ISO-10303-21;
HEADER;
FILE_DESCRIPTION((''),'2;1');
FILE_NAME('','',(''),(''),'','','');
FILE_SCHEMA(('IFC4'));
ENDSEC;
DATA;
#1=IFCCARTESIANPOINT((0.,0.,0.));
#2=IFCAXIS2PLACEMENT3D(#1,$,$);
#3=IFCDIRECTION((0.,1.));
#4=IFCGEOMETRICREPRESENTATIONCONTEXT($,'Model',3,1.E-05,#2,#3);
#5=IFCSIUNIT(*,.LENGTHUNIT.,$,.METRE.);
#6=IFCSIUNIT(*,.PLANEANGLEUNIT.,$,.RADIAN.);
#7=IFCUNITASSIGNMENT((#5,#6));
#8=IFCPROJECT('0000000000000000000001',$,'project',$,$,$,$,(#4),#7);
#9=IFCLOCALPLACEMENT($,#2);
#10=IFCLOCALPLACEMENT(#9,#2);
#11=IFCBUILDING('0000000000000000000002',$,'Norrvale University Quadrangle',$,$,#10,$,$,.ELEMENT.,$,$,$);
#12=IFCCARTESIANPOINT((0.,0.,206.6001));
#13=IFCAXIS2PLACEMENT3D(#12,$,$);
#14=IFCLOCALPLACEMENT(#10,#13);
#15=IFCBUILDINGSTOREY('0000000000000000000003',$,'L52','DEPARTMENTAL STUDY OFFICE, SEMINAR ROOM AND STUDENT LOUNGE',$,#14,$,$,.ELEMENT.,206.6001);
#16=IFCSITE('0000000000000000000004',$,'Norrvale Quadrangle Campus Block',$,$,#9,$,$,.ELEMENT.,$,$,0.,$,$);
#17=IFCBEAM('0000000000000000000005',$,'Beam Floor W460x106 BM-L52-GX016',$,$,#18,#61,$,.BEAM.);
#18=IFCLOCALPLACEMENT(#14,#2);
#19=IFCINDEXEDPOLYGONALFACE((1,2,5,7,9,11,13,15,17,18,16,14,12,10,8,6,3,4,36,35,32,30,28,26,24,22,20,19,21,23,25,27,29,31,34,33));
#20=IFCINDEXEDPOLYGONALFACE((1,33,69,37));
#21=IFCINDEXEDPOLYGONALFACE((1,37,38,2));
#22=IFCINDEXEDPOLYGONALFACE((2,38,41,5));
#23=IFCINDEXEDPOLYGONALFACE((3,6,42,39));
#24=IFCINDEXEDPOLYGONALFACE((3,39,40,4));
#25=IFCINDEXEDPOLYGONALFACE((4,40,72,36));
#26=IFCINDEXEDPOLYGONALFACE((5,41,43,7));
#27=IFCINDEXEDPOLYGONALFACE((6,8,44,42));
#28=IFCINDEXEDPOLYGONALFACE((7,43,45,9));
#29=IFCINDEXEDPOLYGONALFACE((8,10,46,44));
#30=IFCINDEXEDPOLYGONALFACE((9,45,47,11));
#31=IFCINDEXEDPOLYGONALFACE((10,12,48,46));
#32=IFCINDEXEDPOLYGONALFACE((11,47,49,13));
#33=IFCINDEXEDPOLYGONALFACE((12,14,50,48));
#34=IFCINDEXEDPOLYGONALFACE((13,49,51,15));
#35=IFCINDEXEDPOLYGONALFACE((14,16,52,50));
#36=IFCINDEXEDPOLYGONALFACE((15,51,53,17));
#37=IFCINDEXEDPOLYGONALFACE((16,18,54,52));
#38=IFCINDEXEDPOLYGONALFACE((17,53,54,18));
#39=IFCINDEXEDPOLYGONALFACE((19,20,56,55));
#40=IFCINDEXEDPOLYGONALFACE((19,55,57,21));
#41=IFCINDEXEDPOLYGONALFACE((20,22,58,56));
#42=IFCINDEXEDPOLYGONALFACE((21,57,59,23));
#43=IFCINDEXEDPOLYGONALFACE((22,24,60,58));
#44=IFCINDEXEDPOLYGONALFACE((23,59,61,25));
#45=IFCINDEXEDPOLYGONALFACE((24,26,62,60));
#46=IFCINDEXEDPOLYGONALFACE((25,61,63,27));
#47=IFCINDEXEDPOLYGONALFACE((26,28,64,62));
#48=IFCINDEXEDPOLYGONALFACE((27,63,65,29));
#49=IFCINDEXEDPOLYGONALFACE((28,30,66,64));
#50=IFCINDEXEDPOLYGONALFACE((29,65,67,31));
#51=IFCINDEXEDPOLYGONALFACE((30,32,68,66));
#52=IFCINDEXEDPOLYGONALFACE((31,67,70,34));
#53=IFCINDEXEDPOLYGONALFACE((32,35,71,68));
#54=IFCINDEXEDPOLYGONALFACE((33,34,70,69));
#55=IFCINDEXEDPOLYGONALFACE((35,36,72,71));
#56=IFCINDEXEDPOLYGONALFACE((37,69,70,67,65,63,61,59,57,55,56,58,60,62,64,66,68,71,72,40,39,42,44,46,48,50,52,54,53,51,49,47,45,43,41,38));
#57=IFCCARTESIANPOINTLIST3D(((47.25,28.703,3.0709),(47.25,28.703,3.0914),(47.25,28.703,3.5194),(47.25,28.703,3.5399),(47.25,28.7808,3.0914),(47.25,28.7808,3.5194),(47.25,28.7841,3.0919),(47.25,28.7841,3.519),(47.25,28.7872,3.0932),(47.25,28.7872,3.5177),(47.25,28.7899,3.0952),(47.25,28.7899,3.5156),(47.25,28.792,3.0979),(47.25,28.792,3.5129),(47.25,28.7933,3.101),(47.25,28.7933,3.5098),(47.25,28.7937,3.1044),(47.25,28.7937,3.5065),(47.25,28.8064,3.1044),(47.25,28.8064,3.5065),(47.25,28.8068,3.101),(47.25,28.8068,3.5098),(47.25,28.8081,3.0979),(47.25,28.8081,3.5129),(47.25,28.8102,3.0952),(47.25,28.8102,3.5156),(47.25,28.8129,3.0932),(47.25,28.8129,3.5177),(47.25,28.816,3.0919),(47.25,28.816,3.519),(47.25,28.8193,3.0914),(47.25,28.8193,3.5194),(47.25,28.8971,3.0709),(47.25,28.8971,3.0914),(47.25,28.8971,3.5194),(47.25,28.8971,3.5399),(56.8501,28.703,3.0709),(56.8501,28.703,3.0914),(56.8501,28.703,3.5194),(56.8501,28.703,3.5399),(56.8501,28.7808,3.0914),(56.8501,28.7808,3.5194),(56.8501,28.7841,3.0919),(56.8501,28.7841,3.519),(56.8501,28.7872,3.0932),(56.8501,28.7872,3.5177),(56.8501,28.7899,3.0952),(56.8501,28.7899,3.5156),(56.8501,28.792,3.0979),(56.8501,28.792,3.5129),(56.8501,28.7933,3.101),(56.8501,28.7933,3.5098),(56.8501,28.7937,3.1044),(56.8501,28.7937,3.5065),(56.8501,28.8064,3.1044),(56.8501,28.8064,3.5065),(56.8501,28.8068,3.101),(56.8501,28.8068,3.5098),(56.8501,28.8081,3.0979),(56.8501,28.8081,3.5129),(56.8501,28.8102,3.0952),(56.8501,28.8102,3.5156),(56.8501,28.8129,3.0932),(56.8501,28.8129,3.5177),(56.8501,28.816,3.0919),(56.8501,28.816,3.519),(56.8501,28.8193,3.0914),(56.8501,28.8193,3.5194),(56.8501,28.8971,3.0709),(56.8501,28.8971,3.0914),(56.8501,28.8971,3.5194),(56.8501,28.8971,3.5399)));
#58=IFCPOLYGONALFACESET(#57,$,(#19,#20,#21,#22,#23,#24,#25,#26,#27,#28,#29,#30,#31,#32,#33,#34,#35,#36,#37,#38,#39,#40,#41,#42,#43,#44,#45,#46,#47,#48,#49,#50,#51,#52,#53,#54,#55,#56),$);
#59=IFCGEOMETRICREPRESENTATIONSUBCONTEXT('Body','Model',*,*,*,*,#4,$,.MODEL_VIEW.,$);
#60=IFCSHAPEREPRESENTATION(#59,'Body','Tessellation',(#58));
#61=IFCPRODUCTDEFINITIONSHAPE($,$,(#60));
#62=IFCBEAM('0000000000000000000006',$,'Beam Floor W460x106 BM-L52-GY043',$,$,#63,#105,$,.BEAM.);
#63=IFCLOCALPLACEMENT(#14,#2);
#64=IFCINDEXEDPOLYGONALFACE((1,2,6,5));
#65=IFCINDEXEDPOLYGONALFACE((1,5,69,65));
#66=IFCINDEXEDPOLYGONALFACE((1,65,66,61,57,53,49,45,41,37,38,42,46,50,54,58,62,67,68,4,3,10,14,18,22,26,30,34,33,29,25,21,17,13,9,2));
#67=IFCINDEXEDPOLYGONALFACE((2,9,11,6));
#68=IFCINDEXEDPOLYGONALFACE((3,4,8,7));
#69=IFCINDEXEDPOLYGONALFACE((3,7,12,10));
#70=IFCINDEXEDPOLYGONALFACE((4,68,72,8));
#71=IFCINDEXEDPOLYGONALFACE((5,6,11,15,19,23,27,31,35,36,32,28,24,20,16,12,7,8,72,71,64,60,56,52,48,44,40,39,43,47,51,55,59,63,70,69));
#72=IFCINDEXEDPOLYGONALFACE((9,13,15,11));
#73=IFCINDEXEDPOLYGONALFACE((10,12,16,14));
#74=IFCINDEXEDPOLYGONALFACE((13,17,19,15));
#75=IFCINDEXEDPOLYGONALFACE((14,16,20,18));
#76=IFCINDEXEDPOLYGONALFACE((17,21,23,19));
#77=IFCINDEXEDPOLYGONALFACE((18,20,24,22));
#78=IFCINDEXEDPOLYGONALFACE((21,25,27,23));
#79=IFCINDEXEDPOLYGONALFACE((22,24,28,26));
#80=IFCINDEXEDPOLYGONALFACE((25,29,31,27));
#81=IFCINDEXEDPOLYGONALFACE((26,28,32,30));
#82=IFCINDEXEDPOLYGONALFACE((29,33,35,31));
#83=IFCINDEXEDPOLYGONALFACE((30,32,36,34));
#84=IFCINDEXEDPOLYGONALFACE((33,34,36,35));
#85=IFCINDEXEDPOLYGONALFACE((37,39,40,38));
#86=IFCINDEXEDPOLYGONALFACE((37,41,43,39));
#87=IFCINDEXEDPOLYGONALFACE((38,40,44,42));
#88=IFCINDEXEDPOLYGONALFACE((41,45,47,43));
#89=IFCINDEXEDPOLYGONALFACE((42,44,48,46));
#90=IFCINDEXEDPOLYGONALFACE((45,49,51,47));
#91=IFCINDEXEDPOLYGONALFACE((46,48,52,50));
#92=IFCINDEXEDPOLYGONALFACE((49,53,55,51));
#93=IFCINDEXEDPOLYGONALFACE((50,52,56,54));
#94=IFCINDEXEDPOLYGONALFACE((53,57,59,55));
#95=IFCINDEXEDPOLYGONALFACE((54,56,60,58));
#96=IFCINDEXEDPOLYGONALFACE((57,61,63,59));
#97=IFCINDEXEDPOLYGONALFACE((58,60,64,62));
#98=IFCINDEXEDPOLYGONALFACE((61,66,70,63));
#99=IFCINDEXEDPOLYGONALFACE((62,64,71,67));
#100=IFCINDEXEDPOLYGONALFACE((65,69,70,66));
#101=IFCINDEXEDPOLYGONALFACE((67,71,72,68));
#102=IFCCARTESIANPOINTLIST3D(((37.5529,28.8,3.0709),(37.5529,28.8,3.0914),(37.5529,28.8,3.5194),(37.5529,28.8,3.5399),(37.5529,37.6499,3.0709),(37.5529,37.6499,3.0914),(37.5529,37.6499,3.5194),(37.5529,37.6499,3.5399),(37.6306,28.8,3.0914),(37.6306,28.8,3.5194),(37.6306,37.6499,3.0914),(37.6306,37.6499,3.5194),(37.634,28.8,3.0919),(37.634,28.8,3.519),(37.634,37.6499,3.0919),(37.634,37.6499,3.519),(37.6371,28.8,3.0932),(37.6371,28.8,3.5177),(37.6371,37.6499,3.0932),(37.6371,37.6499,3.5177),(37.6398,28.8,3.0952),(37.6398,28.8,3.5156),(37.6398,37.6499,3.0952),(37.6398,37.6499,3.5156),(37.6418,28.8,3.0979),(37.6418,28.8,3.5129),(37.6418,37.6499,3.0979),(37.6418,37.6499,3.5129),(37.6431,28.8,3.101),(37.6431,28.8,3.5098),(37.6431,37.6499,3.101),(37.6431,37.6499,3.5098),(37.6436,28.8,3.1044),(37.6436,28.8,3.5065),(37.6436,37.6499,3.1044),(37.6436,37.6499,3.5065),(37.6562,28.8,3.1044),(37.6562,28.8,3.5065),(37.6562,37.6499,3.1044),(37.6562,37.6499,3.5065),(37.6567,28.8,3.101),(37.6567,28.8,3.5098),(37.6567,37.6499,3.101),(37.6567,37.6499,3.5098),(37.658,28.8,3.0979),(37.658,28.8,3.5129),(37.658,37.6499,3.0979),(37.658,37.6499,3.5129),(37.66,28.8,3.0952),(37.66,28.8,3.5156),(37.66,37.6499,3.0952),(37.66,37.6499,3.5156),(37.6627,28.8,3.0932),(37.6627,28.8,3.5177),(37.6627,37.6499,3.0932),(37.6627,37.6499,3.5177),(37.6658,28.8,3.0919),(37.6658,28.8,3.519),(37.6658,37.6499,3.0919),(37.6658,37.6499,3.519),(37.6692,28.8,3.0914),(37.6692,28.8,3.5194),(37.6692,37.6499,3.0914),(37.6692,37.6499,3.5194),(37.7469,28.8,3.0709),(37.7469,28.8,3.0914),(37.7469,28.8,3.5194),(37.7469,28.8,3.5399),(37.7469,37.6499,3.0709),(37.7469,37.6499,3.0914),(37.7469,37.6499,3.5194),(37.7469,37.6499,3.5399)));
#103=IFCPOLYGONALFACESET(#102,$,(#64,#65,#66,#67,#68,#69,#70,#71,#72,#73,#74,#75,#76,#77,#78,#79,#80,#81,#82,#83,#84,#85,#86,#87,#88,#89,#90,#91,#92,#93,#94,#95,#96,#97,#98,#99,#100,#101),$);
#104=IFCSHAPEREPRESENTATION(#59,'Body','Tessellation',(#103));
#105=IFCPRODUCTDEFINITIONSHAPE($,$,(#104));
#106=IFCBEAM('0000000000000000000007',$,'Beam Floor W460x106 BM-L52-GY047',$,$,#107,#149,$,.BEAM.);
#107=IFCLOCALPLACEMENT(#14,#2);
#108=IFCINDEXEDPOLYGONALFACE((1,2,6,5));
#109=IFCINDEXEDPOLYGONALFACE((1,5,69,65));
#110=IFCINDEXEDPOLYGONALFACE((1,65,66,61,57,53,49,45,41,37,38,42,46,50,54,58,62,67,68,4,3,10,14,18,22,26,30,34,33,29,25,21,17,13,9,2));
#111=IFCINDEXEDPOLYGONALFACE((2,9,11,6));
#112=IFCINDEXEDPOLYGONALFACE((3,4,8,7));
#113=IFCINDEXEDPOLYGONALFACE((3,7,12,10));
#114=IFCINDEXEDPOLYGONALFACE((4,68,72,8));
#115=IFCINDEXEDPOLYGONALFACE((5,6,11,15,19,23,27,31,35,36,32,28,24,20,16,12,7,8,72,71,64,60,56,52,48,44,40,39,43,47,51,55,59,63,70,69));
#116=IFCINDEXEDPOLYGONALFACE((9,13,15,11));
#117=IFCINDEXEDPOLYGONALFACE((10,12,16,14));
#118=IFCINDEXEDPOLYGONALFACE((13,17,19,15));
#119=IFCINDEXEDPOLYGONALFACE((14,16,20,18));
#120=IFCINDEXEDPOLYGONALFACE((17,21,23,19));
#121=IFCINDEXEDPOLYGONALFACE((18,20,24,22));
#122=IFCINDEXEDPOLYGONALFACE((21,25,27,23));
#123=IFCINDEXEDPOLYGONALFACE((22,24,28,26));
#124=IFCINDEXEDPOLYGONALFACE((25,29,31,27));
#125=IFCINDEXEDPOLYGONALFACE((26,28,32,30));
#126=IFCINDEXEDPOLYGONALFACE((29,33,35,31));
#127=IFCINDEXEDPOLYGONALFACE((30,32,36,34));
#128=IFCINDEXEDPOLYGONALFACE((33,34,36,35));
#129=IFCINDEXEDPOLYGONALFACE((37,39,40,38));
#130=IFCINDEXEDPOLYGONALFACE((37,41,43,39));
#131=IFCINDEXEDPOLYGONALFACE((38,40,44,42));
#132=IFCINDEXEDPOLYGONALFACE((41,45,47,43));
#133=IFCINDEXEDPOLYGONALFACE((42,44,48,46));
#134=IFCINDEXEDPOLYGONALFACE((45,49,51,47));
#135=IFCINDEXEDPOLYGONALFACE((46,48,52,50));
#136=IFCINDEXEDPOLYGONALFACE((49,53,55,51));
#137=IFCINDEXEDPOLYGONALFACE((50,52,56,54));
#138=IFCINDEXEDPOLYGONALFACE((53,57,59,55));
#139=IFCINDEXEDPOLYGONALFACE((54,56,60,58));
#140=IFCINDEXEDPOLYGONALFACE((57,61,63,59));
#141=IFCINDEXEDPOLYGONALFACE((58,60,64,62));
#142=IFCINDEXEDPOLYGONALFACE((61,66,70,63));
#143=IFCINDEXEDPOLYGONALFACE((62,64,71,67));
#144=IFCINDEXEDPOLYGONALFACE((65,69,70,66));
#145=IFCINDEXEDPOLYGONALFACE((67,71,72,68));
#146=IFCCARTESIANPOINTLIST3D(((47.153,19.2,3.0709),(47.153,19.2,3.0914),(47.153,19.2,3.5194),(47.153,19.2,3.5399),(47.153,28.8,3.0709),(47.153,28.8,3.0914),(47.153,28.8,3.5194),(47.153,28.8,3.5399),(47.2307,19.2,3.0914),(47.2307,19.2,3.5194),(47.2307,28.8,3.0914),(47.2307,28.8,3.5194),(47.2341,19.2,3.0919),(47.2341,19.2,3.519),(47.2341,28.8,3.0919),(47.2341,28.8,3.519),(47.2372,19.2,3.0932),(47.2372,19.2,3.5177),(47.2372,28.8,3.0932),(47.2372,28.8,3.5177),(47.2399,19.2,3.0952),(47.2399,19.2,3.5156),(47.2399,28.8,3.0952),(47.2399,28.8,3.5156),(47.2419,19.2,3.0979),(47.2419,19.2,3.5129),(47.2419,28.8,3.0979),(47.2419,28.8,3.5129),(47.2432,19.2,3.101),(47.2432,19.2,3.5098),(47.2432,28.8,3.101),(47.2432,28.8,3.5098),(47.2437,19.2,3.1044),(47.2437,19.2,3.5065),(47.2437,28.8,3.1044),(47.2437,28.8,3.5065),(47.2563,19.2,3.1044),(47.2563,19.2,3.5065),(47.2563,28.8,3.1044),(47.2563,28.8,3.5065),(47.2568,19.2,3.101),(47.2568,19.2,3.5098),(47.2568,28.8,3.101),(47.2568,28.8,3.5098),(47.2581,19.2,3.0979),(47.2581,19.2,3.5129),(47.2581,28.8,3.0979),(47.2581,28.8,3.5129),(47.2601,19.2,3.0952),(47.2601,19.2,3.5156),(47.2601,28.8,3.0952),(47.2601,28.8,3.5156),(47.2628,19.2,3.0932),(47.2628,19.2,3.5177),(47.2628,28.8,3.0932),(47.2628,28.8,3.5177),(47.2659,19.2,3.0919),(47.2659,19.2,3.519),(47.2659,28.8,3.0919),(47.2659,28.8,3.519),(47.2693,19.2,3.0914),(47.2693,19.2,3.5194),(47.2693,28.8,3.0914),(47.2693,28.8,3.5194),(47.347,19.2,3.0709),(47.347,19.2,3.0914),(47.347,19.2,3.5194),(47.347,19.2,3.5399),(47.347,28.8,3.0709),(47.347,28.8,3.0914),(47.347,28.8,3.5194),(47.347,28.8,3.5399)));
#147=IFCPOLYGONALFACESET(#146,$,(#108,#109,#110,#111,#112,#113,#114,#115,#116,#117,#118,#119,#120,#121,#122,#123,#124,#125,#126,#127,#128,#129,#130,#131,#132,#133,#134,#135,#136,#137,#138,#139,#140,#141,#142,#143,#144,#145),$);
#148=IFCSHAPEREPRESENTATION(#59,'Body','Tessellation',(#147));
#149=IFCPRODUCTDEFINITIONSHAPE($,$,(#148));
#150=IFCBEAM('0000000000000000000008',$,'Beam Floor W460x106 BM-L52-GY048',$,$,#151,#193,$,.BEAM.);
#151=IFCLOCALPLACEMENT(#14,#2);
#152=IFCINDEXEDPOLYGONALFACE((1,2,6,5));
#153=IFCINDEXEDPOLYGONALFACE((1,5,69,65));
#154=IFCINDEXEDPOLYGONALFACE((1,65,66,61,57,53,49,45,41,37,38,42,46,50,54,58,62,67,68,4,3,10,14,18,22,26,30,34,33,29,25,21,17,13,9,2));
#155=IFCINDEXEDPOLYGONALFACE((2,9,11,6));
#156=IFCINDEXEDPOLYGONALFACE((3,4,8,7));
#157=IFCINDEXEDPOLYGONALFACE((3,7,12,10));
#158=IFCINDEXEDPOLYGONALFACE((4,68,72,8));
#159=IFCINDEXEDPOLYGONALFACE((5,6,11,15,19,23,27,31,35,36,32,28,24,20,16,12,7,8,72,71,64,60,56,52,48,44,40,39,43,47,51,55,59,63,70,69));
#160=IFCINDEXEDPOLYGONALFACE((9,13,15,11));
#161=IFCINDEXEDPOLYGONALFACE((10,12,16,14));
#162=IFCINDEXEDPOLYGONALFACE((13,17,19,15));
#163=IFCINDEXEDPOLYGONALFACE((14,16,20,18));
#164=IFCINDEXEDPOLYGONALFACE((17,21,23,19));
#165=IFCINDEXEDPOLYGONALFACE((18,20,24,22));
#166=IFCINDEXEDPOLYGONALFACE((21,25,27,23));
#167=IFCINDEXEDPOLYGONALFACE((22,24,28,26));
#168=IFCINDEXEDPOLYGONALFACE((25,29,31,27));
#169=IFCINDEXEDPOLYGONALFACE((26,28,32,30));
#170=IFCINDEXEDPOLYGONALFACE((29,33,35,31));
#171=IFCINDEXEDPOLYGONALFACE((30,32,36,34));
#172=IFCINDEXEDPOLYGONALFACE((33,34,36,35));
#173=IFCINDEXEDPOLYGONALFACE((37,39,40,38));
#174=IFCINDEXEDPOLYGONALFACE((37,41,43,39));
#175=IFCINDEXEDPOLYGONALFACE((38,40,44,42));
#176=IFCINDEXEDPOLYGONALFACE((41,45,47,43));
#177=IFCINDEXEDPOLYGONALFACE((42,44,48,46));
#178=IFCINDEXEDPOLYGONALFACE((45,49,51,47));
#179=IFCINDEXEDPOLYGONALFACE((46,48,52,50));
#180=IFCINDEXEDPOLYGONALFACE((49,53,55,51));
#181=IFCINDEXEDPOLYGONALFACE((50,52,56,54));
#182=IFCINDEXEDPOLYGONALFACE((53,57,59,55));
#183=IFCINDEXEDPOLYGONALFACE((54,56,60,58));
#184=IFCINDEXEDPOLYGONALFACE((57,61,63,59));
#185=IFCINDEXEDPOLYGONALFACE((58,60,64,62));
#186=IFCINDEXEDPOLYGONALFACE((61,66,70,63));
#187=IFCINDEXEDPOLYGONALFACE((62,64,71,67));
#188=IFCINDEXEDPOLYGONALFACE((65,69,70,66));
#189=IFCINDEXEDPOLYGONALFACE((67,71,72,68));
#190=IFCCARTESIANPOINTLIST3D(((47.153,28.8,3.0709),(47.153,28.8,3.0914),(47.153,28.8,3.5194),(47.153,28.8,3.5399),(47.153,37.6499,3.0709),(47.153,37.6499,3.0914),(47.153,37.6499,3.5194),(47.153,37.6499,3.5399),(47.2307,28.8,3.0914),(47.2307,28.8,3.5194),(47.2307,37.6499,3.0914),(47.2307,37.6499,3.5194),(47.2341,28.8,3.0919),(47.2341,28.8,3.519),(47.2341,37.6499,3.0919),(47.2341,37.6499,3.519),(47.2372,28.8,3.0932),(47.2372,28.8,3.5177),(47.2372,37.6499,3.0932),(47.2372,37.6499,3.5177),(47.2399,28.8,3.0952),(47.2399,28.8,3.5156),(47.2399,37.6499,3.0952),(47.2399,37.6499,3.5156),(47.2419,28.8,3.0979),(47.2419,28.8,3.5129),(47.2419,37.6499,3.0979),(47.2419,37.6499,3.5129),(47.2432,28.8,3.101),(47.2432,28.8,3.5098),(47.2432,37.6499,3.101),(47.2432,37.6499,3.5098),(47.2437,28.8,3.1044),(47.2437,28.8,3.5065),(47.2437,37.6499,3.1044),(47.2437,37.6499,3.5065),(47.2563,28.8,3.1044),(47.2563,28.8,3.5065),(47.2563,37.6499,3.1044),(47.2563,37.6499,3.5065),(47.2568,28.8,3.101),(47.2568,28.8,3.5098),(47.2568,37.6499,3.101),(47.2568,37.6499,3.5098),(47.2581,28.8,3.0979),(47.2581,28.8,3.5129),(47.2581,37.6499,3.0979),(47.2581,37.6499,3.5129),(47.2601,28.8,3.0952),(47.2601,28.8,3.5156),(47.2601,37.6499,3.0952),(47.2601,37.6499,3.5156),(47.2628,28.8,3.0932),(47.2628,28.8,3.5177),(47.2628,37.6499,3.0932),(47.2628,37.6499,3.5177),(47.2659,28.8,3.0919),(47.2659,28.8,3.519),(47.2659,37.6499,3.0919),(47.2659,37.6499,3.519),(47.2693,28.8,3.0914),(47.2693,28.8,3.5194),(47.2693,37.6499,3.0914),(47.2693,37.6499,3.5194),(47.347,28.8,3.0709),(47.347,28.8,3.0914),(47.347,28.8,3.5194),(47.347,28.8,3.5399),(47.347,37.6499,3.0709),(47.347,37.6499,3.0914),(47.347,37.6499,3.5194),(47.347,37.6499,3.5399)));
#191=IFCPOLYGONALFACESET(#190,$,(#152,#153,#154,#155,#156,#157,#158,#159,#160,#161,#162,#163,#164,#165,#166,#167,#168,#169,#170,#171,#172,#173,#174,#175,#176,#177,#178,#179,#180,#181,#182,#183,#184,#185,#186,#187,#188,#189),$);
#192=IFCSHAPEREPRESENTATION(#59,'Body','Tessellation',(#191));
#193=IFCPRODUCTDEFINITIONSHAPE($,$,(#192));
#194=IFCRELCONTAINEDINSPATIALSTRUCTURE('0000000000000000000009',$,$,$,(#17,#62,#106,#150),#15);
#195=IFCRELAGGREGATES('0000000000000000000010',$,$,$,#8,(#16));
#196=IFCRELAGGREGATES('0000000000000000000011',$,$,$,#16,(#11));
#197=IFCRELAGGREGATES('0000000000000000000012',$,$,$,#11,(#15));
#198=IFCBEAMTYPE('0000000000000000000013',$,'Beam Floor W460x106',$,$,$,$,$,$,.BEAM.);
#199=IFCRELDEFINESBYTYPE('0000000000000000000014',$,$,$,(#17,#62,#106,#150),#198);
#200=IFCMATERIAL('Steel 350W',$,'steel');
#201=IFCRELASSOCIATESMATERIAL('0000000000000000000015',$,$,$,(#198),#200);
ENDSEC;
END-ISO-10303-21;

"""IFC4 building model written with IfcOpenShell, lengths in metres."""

from ifc_helpers import new_model, si_unit, direction, frame, origin, origin_2d, place, context, subcontext, project, spatial, i_section, extrude, material, material_profile, profile_set, type_object, element, save


model = new_model("IFC4")

# Units and contexts
model_context = context("Model", 3, precision=1e-05, world=origin(), true_north=direction((0.0, 1.0)))
body_context = subcontext(model_context, "Body", "Model", "MODEL_VIEW")
ifc_project = project(units=[si_unit("LENGTHUNIT", "METRE"), si_unit("PLANEANGLEUNIT", "RADIAN")], contexts=[model_context])

# Site, building, storey
site_placement = place(None, origin())
site = spatial("IfcSite", under=ifc_project, at=site_placement, Name="Norrvale Quadrangle Campus Block", CompositionType="ELEMENT", RefElevation=0.0)
building_placement = place(site_placement, origin())
building = spatial("IfcBuilding", under=site, at=building_placement, Name="Norrvale University Quadrangle", CompositionType="ELEMENT")
storey_placement = place(building_placement, frame((0.0, 0.0, 206.6001)))
storey = spatial("IfcBuildingStorey", under=building, at=storey_placement, Name="L52", Description="DEPARTMENTAL STUDY OFFICE, SEMINAR ROOM AND STUDENT LOUNGE", CompositionType="ELEMENT", Elevation=206.6001)

# Beams
ifc_material_1 = material(Name="Steel 350W", Category="steel")
ifc_material_profile_1 = material_profile(ifc_material_1, i_section(OverallWidth=0.1941, OverallDepth=0.469, WebThickness=0.0127, FlangeThickness=0.0205, FilletRadius=0.0129, at=origin_2d()), Name="Steel 350W")
ifc_profile_set_1 = profile_set([ifc_material_profile_1], Name="Steel 350W")
beam_type_1 = type_object("IfcBeamType", Name="Beam Floor W460x106", PredefinedType="BEAM", material=ifc_profile_set_1)
for number, where, z_axis, x_axis, name in (
    (1, (47.25, 28.8, 3.3054), (1.0, 0.0, 0.0), (0.0, 1.0, 0.0), "Beam Floor W460x106 BM-L52-GX016"),
):
    element("IfcBeam", number, at=place(storey_placement, frame(where, z_axis=z_axis, x_axis=x_axis)), inside=storey, type_object=beam_type_1, Name=name, PredefinedType="BEAM", context=body_context, shape_type="SweptSolid", body=[
        extrude(i_section(OverallWidth=0.1941, OverallDepth=0.469, WebThickness=0.0127, FlangeThickness=0.0205, FilletRadius=0.0129, at=origin_2d()), origin(), (0.0, 0.0, 1.0), 9.6001),
    ])
beam_1_placement = place(storey_placement, frame((37.6499, 28.8, 3.3054), z_axis=(0.0, 1.0, 0.0), x_axis=(-1.0, 0.0, 0.0)))
element("IfcBeam", 2, at=beam_1_placement, inside=storey, type_object=beam_type_1, Name="Beam Floor W460x106 BM-L52-GY043", PredefinedType="BEAM", context=body_context, shape_type="SweptSolid", body=[
    extrude(i_section(OverallWidth=0.1941, OverallDepth=0.469, WebThickness=0.0127, FlangeThickness=0.0205, FilletRadius=0.0129, at=origin_2d()), origin(), (0.0, 0.0, 1.0), 8.8499),
])
beam_2_placement = place(storey_placement, frame((47.25, 19.2, 3.3054), z_axis=(0.0, 1.0, 0.0), x_axis=(-1.0, 0.0, 0.0)))
element("IfcBeam", 3, at=beam_2_placement, inside=storey, type_object=beam_type_1, Name="Beam Floor W460x106 BM-L52-GY047", PredefinedType="BEAM", context=body_context, shape_type="SweptSolid", body=[
    extrude(i_section(OverallWidth=0.1941, OverallDepth=0.469, WebThickness=0.0127, FlangeThickness=0.0205, FilletRadius=0.0129, at=origin_2d()), origin(), (0.0, 0.0, 1.0), 9.6001),
])
beam_3_placement = place(storey_placement, frame((47.25, 28.8, 3.3054), z_axis=(0.0, 1.0, 0.0), x_axis=(-1.0, 0.0, 0.0)))
element("IfcBeam", 4, at=beam_3_placement, inside=storey, type_object=beam_type_1, Name="Beam Floor W460x106 BM-L52-GY048", PredefinedType="BEAM", context=body_context, shape_type="SweptSolid", body=[
    extrude(i_section(OverallWidth=0.1941, OverallDepth=0.469, WebThickness=0.0127, FlangeThickness=0.0205, FilletRadius=0.0129, at=origin_2d()), origin(), (0.0, 0.0, 1.0), 8.8499),
])

save(model, "model.ifc")
